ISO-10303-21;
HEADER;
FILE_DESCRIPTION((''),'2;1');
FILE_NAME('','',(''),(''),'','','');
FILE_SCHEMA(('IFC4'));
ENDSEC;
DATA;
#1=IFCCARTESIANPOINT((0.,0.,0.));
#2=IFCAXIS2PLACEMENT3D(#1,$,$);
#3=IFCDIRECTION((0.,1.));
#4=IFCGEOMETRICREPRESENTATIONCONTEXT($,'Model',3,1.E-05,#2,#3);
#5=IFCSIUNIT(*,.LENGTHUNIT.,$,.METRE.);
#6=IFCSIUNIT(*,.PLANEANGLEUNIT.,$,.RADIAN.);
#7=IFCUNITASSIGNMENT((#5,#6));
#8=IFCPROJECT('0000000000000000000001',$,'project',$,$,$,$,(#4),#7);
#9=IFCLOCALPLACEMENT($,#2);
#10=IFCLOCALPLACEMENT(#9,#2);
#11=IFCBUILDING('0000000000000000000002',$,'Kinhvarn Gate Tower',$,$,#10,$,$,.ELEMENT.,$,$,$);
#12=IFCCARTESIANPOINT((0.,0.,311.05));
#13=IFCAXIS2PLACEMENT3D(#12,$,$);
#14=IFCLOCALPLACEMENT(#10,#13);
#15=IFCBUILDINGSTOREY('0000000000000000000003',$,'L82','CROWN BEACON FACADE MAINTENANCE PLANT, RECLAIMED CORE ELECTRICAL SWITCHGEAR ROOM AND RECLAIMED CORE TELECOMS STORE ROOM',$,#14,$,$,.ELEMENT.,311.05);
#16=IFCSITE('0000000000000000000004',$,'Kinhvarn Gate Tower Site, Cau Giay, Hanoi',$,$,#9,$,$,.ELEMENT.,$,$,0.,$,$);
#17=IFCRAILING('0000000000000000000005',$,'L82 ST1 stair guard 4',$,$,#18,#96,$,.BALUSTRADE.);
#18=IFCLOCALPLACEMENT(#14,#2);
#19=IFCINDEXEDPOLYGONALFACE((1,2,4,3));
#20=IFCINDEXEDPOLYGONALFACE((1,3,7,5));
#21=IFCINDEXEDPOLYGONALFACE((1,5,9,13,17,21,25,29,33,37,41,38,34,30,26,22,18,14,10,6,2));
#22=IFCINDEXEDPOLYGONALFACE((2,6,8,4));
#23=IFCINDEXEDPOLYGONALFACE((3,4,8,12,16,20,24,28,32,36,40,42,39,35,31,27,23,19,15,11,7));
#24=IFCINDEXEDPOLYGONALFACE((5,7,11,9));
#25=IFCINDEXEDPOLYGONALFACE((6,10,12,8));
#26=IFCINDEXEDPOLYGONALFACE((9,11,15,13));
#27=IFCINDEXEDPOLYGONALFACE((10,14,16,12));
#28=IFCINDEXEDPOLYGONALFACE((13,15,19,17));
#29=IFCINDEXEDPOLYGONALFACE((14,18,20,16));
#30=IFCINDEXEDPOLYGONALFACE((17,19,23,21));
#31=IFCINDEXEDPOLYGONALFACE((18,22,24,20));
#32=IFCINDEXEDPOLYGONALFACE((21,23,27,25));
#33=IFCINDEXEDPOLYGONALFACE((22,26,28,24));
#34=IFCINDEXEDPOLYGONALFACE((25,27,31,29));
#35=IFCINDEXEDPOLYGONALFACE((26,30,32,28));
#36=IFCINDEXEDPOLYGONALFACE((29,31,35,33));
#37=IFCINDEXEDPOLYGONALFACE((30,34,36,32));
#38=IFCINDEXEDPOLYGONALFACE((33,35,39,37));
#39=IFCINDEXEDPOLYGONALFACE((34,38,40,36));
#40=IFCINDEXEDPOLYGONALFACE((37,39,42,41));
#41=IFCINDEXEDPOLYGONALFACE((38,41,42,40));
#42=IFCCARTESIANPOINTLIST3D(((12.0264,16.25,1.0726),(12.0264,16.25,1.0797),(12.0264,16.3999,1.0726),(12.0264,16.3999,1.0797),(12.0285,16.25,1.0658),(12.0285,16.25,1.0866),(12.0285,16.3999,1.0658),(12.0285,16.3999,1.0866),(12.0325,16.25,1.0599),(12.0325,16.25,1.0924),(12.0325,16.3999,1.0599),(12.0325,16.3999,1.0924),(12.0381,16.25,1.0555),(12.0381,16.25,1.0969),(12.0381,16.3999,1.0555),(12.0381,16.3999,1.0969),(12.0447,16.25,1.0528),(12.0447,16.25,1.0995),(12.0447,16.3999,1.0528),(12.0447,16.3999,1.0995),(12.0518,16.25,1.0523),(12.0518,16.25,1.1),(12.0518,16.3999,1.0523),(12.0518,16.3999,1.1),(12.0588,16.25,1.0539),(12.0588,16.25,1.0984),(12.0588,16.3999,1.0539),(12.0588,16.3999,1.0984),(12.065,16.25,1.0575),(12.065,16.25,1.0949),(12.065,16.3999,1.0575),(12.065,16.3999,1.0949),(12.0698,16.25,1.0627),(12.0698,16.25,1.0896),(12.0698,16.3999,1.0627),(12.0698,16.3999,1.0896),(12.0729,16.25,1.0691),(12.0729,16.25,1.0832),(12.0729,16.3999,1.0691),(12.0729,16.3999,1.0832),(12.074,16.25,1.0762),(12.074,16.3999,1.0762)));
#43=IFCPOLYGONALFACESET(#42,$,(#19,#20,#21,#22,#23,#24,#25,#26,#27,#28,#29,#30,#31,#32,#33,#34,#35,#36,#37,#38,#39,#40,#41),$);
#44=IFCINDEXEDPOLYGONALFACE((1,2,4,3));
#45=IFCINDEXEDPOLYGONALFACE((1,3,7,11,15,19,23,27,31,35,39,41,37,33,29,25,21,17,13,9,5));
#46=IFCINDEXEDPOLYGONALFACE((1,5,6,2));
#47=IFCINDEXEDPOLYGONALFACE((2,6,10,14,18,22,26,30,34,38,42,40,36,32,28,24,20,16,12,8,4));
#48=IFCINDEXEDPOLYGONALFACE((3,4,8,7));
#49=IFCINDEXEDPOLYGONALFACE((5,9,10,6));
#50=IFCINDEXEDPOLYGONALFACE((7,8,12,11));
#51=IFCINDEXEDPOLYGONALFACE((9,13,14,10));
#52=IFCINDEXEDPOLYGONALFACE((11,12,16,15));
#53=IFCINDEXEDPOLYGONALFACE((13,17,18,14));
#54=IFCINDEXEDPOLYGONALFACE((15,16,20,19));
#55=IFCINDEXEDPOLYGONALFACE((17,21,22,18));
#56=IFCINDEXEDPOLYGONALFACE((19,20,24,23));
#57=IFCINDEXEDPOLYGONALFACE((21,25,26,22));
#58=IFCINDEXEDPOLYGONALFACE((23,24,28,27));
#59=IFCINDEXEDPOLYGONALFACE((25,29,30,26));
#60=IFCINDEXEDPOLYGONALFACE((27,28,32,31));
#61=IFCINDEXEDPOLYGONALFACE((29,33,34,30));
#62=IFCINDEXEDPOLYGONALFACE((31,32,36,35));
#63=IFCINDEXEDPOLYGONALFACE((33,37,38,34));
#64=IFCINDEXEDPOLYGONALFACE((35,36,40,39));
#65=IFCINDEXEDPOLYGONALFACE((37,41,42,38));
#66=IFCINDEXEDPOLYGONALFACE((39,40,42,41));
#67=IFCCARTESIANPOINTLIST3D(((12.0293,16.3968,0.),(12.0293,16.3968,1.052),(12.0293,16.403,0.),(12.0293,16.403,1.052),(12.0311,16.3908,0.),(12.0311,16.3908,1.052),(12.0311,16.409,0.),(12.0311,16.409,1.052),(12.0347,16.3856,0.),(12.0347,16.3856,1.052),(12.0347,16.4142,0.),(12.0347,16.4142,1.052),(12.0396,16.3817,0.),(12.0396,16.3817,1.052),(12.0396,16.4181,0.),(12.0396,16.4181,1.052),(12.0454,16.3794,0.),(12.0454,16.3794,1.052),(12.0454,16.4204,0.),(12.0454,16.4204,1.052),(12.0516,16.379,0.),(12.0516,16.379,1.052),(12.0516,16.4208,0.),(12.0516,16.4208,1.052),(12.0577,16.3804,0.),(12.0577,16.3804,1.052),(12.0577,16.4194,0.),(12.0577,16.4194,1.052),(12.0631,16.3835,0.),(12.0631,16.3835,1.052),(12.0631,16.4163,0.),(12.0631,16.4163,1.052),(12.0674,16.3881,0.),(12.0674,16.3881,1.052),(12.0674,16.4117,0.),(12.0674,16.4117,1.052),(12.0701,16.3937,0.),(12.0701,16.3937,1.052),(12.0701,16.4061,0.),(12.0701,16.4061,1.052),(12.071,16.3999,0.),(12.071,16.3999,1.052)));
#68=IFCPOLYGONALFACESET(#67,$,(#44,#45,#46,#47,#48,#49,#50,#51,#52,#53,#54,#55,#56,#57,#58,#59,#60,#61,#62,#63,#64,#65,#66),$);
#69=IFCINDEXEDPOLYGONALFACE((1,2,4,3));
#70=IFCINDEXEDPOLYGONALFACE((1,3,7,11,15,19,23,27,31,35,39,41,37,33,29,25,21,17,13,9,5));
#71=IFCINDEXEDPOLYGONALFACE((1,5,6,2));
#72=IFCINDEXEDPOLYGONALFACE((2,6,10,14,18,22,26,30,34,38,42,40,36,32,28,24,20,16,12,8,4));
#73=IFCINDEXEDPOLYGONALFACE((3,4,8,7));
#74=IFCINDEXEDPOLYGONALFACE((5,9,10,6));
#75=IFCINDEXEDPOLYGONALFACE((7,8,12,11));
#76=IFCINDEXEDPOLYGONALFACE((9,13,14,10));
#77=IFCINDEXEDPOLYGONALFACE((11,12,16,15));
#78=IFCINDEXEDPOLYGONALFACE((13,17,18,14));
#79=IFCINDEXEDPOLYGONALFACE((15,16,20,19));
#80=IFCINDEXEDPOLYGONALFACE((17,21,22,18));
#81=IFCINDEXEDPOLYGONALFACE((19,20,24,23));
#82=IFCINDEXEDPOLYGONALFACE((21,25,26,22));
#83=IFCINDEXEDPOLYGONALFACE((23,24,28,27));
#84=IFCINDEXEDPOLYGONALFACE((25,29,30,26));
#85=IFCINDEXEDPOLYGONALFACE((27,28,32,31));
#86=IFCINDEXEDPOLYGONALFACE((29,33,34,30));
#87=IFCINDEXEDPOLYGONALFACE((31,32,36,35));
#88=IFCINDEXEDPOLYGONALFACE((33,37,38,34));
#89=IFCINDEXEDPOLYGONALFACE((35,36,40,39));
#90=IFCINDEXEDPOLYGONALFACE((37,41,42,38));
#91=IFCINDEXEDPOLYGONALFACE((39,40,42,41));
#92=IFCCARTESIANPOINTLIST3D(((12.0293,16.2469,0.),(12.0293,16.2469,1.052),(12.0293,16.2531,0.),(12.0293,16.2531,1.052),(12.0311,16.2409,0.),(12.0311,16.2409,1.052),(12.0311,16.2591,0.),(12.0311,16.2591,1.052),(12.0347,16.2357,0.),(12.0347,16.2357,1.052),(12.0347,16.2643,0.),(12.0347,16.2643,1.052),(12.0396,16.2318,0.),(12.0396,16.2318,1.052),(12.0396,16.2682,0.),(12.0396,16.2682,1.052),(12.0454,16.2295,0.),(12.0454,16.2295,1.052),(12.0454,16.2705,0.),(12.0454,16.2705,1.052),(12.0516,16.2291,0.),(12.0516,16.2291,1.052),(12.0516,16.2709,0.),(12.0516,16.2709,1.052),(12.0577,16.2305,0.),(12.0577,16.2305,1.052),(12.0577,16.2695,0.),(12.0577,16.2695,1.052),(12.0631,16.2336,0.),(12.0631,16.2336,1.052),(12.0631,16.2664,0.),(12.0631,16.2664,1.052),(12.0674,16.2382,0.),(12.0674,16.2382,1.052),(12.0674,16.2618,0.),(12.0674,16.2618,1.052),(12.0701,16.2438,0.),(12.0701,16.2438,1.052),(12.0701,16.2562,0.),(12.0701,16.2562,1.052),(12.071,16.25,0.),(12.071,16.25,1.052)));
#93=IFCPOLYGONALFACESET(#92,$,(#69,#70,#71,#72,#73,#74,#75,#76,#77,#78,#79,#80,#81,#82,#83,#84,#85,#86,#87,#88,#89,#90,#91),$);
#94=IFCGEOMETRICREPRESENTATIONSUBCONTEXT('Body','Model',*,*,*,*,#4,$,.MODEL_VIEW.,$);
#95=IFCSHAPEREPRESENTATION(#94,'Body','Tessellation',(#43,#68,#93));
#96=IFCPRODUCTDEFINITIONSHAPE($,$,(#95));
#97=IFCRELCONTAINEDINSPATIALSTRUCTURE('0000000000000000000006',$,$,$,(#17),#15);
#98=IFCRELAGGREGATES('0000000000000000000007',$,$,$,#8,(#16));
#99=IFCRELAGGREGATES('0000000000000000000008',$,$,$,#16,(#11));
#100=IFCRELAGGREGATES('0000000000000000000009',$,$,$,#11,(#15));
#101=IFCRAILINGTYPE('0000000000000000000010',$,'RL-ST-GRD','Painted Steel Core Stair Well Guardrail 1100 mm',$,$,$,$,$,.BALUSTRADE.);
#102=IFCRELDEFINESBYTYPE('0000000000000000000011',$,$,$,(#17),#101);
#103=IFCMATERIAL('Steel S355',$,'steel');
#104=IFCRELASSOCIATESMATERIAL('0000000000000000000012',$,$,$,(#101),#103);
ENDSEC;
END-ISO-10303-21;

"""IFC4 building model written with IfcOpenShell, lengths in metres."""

from ifc_helpers import new_model, si_unit, direction, frame, origin, origin_2d, place, context, subcontext, project, spatial, circle, extrude, material, type_object, element, save


model = new_model("IFC4")

# Units and contexts
model_context = context("Model", 3, precision=1e-05, world=origin(), true_north=direction((0.0, 1.0)))
body_context = subcontext(model_context, "Body", "Model", "MODEL_VIEW")
ifc_project = project(units=[si_unit("LENGTHUNIT", "METRE"), si_unit("PLANEANGLEUNIT", "RADIAN")], contexts=[model_context])

# Site, building, storey
site_placement = place(None, origin())
site = spatial("IfcSite", under=ifc_project, at=site_placement, Name="Kinhvarn Gate Tower Site, Cau Giay, Hanoi", CompositionType="ELEMENT", RefElevation=0.0)
building_placement = place(site_placement, origin())
building = spatial("IfcBuilding", under=site, at=building_placement, Name="Kinhvarn Gate Tower", CompositionType="ELEMENT")
storey_placement = place(building_placement, frame((0.0, 0.0, 311.05)))
storey = spatial("IfcBuildingStorey", under=building, at=storey_placement, Name="L82", Description="CROWN BEACON FACADE MAINTENANCE PLANT, RECLAIMED CORE ELECTRICAL SWITCHGEAR ROOM AND RECLAIMED CORE TELECOMS STORE ROOM", CompositionType="ELEMENT", Elevation=311.05)

# Railing
ifc_material_1 = material(Name="Steel S355", Category="steel")
railing_type_1 = type_object("IfcRailingType", Name="RL-ST-GRD", Description="Painted Steel Core Stair Well Guardrail 1100 mm", PredefinedType="BALUSTRADE", material=ifc_material_1)
railing_1_placement = place(storey_placement, frame((12.05, 16.3999, 0.0)))
element("IfcRailing", 1, at=railing_1_placement, inside=storey, type_object=railing_type_1, Name="L82 ST1 stair guard 4", PredefinedType="BALUSTRADE", context=body_context, shape_type="SweptSolid", body=[
    extrude(circle(Radius=0.0239, at=origin_2d()), frame((0.0, 0.0, 1.0762), z_axis=(0.0, -1.0, 0.0), x_axis=(1.0, 0.0, 0.0)), (0.0, 0.0, 1.0), 0.1499),
    extrude(circle(Radius=0.021, at=origin_2d()), origin(), (0.0, 0.0, 1.0), 1.052),
    extrude(circle(Radius=0.021, at=origin_2d()), frame((0.0, -0.1499, 0.0)), (0.0, 0.0, 1.0), 1.052),
])

save(model, "model.ifc")
